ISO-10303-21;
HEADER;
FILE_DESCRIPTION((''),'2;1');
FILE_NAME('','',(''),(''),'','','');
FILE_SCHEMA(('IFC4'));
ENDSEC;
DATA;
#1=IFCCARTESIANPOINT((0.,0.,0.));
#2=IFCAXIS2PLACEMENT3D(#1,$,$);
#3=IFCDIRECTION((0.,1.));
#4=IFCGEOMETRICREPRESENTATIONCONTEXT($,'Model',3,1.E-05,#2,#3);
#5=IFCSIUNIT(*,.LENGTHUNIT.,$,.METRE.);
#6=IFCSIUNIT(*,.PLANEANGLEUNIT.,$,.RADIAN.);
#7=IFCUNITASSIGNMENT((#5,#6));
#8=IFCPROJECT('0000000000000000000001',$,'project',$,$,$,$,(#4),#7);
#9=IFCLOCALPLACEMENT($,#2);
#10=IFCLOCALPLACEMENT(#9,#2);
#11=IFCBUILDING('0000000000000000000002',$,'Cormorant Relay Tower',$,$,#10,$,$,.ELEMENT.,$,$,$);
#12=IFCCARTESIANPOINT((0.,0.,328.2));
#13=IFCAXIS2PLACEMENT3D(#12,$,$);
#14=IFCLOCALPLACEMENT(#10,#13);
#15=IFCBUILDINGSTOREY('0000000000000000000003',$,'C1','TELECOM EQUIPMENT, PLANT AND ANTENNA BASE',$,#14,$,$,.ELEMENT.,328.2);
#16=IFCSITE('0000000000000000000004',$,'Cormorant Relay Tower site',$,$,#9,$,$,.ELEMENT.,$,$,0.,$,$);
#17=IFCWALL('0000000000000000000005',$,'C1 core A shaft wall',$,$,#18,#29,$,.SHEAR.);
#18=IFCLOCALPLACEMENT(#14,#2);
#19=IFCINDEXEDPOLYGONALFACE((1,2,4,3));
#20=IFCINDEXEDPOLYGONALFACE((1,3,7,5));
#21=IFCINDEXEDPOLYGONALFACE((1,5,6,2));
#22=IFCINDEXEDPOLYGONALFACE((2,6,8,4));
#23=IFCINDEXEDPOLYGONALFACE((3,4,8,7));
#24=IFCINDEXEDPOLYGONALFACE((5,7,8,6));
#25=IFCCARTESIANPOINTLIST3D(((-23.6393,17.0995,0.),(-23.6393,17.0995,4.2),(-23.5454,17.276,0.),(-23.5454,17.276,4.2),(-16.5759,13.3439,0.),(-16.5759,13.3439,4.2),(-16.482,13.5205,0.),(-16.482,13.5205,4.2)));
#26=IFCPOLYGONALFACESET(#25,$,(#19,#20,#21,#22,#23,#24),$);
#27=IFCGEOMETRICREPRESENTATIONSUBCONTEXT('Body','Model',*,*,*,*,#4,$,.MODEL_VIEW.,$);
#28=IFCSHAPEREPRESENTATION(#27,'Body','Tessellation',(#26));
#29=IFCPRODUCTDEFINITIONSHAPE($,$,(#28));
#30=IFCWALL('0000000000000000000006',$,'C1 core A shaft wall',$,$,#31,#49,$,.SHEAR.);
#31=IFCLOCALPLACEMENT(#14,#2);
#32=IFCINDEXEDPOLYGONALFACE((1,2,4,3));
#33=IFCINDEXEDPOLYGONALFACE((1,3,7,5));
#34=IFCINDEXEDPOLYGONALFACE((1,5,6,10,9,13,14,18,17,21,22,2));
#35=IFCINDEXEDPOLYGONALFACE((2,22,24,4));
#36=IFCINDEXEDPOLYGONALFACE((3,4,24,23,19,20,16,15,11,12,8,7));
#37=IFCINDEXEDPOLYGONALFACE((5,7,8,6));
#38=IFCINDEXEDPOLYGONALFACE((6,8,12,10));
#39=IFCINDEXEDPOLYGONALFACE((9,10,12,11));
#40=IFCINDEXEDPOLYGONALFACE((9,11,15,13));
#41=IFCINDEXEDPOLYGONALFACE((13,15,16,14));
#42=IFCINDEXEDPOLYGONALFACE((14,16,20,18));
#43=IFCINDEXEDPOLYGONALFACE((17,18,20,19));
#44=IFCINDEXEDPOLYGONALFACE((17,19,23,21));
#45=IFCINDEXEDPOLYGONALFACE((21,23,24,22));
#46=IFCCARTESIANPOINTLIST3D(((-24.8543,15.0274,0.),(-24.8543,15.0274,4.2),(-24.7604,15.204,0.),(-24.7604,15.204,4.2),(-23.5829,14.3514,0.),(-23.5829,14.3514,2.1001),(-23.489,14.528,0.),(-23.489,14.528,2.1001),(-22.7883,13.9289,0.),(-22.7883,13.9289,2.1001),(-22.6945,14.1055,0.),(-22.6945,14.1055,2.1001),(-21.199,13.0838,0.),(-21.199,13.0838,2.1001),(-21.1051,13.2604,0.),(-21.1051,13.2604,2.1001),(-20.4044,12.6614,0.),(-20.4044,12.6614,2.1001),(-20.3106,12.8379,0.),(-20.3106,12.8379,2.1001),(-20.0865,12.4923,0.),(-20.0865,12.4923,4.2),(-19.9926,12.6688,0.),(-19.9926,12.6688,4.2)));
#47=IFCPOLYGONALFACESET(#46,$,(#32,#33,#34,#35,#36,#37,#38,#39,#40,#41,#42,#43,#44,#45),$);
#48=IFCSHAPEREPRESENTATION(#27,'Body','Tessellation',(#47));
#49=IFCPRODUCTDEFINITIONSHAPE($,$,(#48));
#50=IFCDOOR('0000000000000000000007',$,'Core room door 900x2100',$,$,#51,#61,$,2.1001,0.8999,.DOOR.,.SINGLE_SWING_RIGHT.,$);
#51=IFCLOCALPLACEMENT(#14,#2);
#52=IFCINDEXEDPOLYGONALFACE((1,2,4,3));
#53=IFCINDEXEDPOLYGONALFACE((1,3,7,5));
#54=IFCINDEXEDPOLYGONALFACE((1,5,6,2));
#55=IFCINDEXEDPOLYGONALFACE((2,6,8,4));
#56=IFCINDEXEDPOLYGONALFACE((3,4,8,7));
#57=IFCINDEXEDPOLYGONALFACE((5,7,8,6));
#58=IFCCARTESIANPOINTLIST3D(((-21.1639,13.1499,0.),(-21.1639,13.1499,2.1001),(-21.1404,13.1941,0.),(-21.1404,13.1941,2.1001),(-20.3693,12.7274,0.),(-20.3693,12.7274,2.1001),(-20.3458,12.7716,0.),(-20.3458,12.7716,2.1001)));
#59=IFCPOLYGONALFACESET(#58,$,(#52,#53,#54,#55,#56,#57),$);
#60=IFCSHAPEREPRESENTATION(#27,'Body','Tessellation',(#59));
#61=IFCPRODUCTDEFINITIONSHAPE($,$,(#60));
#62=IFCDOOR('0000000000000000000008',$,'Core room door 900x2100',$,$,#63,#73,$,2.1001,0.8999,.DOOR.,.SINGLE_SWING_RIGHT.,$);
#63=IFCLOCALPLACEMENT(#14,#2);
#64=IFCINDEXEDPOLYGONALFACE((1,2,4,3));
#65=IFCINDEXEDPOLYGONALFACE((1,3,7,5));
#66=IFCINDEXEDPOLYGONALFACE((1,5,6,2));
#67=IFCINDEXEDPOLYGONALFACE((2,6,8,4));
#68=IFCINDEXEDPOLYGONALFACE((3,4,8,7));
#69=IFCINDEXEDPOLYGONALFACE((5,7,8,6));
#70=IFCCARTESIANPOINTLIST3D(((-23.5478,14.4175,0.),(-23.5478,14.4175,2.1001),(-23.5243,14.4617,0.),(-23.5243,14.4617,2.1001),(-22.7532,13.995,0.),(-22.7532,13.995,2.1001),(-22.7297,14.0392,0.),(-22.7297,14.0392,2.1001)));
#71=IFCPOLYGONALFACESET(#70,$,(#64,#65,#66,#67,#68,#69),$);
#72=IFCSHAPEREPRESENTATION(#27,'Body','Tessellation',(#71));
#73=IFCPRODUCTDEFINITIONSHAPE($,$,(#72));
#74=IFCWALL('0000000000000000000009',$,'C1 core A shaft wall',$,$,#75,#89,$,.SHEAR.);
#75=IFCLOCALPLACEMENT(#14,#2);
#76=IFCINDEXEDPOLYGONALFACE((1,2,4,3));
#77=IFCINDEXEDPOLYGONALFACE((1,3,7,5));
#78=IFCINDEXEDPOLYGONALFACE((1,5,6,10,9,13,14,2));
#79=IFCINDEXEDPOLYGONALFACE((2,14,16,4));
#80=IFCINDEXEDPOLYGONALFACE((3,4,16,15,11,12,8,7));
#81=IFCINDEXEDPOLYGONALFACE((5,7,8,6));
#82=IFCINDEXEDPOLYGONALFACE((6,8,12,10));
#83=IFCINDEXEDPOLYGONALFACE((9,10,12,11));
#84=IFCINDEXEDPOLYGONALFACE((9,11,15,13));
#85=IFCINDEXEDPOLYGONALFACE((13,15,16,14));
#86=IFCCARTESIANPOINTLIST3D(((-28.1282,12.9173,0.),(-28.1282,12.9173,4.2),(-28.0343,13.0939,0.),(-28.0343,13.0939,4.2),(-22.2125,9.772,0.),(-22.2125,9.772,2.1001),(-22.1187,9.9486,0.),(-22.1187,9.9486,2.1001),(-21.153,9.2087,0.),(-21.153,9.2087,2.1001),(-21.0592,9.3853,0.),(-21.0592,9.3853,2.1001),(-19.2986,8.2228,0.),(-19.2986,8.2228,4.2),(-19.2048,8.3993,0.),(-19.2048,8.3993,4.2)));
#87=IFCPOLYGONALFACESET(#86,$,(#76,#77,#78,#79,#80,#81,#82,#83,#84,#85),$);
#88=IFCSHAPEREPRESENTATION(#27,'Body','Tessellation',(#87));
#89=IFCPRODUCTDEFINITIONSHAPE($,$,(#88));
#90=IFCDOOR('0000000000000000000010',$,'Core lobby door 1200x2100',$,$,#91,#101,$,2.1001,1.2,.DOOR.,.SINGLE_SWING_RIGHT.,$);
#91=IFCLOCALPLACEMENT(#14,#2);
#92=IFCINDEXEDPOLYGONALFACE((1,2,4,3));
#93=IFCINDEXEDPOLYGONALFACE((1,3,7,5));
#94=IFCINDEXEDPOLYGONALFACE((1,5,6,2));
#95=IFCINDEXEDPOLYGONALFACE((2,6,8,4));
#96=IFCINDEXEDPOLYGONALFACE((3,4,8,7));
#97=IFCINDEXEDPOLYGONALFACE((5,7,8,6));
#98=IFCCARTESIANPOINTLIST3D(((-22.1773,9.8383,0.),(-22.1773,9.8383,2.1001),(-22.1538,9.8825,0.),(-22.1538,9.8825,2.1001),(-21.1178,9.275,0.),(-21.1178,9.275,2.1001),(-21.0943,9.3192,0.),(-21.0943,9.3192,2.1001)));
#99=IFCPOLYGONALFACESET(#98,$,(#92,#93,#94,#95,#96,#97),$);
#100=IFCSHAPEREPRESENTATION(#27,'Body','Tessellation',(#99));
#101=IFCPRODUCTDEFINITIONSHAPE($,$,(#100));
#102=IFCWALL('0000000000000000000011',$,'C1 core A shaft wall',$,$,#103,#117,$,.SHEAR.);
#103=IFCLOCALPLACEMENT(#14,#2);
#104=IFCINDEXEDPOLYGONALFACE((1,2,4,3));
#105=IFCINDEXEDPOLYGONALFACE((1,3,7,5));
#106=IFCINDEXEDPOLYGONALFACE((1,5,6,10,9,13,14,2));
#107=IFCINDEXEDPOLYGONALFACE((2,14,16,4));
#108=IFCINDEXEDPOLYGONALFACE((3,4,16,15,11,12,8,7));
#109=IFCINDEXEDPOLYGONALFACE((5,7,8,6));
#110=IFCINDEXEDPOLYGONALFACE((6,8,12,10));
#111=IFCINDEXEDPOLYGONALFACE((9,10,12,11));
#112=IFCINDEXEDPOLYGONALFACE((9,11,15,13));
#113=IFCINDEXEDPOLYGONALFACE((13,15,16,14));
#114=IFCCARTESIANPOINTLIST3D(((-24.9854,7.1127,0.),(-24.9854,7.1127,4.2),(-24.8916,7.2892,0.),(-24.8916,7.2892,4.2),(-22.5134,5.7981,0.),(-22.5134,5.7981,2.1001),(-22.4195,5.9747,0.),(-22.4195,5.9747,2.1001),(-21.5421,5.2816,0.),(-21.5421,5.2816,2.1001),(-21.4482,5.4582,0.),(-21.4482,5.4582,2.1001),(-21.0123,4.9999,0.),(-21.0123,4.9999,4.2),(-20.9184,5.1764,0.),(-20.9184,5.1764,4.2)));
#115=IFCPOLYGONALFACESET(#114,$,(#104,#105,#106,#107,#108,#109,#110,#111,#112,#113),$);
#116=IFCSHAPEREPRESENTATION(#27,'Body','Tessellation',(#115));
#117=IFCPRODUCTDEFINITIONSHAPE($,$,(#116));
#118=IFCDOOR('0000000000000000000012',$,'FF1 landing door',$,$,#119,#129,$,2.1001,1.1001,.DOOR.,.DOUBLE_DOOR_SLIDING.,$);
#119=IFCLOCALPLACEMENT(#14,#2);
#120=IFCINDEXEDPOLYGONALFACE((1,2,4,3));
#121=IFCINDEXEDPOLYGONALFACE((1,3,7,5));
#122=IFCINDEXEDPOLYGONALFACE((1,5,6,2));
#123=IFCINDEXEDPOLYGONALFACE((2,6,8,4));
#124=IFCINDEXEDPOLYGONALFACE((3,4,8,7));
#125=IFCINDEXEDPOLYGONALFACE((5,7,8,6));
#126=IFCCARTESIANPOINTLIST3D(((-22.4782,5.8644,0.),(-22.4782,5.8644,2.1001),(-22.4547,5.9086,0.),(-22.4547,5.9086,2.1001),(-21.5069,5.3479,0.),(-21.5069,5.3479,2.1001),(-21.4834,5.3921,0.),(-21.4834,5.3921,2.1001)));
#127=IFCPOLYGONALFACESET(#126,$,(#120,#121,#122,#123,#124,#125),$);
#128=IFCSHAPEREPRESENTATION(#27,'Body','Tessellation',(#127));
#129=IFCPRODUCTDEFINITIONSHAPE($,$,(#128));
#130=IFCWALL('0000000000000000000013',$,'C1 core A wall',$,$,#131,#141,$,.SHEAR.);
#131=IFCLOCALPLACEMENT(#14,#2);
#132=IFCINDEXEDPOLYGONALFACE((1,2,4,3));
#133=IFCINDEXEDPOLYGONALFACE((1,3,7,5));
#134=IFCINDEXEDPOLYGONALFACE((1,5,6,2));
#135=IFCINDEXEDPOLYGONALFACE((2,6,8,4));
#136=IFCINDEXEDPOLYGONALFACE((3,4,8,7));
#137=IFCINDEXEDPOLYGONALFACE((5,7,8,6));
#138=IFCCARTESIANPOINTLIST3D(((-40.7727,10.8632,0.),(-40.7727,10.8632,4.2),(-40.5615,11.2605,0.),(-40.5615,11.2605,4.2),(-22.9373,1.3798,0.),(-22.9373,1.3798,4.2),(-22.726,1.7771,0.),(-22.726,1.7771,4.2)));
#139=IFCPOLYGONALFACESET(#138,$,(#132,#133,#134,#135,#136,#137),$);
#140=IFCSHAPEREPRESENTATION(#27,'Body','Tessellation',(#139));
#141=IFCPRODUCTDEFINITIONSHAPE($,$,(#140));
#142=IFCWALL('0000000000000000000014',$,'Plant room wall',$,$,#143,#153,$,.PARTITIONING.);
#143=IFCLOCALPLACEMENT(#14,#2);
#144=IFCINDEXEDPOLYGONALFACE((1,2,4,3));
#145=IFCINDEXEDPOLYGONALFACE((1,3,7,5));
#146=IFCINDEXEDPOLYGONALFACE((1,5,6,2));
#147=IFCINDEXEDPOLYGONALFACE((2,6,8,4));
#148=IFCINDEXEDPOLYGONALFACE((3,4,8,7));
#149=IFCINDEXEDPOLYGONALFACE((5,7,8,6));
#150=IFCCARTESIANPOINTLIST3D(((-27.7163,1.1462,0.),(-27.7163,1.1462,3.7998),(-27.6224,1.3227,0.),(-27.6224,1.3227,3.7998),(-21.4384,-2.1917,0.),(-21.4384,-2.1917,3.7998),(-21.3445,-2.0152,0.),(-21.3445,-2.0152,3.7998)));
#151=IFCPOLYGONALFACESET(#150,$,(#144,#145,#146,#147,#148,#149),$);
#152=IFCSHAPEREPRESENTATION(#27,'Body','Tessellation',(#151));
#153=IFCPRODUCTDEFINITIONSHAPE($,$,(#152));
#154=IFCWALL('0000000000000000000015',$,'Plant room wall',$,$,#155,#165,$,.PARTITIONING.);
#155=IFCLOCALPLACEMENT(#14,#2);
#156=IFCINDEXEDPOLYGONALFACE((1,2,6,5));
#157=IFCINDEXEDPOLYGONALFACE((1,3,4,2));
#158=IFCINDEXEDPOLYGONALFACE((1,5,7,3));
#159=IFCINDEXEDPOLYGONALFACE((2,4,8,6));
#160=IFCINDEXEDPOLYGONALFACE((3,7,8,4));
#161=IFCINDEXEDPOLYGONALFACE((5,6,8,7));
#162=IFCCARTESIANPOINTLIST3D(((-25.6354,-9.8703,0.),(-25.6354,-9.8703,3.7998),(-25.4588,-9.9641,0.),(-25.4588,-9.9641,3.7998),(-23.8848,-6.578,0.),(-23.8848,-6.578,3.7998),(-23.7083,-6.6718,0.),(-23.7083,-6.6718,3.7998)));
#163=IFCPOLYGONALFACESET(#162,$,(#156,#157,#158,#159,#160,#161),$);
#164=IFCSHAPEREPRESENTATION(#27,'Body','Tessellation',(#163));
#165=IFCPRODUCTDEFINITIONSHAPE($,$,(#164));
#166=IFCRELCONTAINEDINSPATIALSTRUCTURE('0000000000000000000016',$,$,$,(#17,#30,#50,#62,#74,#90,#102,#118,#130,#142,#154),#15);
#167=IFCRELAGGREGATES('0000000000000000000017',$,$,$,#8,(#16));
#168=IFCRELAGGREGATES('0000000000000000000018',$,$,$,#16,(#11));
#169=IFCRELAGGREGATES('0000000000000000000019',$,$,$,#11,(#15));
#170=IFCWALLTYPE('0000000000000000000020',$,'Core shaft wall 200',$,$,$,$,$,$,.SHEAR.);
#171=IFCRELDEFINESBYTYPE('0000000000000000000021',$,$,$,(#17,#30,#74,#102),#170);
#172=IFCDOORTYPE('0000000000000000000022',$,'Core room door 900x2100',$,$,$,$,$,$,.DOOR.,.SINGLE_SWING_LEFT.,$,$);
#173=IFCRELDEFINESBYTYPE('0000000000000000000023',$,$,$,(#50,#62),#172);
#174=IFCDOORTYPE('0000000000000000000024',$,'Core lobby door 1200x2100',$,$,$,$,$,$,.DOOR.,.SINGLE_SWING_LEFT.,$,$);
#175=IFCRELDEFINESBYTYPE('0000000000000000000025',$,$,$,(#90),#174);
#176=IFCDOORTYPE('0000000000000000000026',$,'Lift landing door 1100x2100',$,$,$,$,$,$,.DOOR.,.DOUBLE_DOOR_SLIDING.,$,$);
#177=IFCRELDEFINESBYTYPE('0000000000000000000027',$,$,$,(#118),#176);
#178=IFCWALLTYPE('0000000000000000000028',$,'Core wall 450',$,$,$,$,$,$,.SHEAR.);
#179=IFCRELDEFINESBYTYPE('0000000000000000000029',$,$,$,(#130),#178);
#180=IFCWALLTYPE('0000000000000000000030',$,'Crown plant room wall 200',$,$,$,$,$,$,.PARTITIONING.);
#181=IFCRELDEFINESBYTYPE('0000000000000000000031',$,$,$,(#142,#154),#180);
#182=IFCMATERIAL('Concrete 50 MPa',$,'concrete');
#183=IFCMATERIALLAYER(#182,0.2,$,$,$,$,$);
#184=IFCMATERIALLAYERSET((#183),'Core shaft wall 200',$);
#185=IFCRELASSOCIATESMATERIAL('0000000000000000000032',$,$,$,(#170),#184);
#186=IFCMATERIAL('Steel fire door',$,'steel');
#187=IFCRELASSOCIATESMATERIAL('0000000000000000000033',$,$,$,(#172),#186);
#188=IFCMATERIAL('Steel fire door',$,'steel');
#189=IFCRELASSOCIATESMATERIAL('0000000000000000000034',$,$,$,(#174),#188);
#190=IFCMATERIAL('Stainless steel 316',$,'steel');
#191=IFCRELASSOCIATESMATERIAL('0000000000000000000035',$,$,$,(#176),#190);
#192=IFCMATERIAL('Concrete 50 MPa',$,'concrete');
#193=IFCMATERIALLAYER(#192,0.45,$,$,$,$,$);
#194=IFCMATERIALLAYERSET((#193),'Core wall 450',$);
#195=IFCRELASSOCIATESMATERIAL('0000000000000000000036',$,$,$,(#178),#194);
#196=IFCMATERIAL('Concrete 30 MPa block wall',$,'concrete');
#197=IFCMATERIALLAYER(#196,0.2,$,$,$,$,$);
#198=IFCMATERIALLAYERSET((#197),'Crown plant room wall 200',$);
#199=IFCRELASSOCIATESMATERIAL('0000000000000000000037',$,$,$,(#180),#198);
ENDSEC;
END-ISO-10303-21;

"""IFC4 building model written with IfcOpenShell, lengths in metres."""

from ifc_helpers import new_model, si_unit, direction, frame, frame_2d, origin, place, context, subcontext, project, spatial, rectangle, extrude, material, layer, layer_set, type_object, element, fill, save


model = new_model("IFC4")

# Units and contexts
model_context = context("Model", 3, precision=1e-05, world=origin(), true_north=direction((0.0, 1.0)))
body_context = subcontext(model_context, "Body", "Model", "MODEL_VIEW")
ifc_project = project(units=[si_unit("LENGTHUNIT", "METRE"), si_unit("PLANEANGLEUNIT", "RADIAN")], contexts=[model_context])

# Site, building, storey
site_placement = place(None, origin())
site = spatial("IfcSite", under=ifc_project, at=site_placement, Name="Cormorant Relay Tower site", CompositionType="ELEMENT", RefElevation=0.0)
building_placement = place(site_placement, origin())
building = spatial("IfcBuilding", under=site, at=building_placement, Name="Cormorant Relay Tower", CompositionType="ELEMENT")
storey_placement = place(building_placement, frame((0.0, 0.0, 328.2)))
storey = spatial("IfcBuildingStorey", under=building, at=storey_placement, Name="C1", Description="TELECOM EQUIPMENT, PLANT AND ANTENNA BASE", CompositionType="ELEMENT", Elevation=328.2)

# Wall
ifc_material_1 = material(Name="Concrete 50 MPa", Category="concrete")
ifc_layer_1 = layer(ifc_material_1, 0.2)
ifc_layer_set_1 = layer_set([ifc_layer_1], Name="Core shaft wall 200")
wall_type_1 = type_object("IfcWallType", Name="Core shaft wall 200", PredefinedType="SHEAR", material=ifc_layer_set_1)
wall_1_placement = place(storey_placement, frame((-16.5288, 13.4321, 0.0), z_axis=(0.0, 0.0, 1.0), x_axis=(-0.882953, 0.469462, 0.0)))
element("IfcWall", 1, at=wall_1_placement, inside=storey, type_object=wall_type_1, Name="C1 core A shaft wall", PredefinedType="SHEAR", context=body_context, shape_type="SweptSolid", body=[
    extrude(rectangle(XDim=7.9998, YDim=0.2, at=frame_2d((4.0, 0.0))), origin(), (0.0, 0.0, 1.0), 4.2),
])

# Wall, openings, doors
wall_2_placement = place(storey_placement, frame((-20.0396, 12.5806, 0.0), z_axis=(0.0, 0.0, 1.0), x_axis=(-0.882943, 0.46948, 0.0)))
wall_2 = element("IfcWall", 2, at=wall_2_placement, inside=storey, type_object=wall_type_1, Name="C1 core A shaft wall", PredefinedType="SHEAR", context=body_context, shape_type="SweptSolid", body=[
    extrude(rectangle(XDim=5.3999, YDim=0.2, at=frame_2d((2.7, 0.0))), origin(), (0.0, 0.0, 1.0), 4.2),
])
opening_1_placement = place(wall_2_placement, frame((0.3601, 0.0, 0.0)))
opening_1 = element("IfcOpeningElement", 3, at=opening_1_placement, cuts=wall_2, PredefinedType="OPENING", context=body_context, shape_type="SweptSolid", body=[
    extrude(rectangle(XDim=0.8999, YDim=2.1001, at=frame_2d((0.45, 1.05))), frame((0.0, 0.1099, 0.0), z_axis=(0.0, -1.0, 0.0), x_axis=(1.0, 0.0, 0.0)), (0.0, 0.0, 1.0), 0.22),
])
opening_2_placement = place(wall_2_placement, frame((3.0601, 0.0, 0.0)))
opening_2 = element("IfcOpeningElement", 4, at=opening_2_placement, cuts=wall_2, PredefinedType="OPENING", context=body_context, shape_type="SweptSolid", body=[
    extrude(rectangle(XDim=0.8999, YDim=2.1001, at=frame_2d((0.45, 1.05))), frame((0.0, 0.1099, 0.0), z_axis=(0.0, -1.0, 0.0), x_axis=(1.0, 0.0, 0.0)), (0.0, 0.0, 1.0), 0.22),
])
ifc_material_2 = material(Name="Steel fire door", Category="steel")
door_type_1 = type_object("IfcDoorType", Name="Core room door 900x2100", OperationType="SINGLE_SWING_LEFT", PredefinedType="DOOR", material=ifc_material_2)
door_1_placement = place(opening_1_placement, frame((0.8999, 0.0, 0.0), z_axis=(0.0, 0.0, 1.0), x_axis=(-1.0, 0.0, 0.0)))
door_1 = element("IfcDoor", 5, at=door_1_placement, inside=storey, type_object=door_type_1, Name="Core room door 900x2100", OperationType="SINGLE_SWING_RIGHT", OverallHeight=2.1001, OverallWidth=0.8999, PredefinedType="DOOR", context=body_context, shape_type="SweptSolid", body=[
    extrude(rectangle(XDim=0.8999, YDim=2.1001, at=frame_2d((0.45, 1.05))), frame((0.0, 0.0249, 0.0), z_axis=(0.0, -1.0, 0.0), x_axis=(1.0, 0.0, 0.0)), (0.0, 0.0, 1.0), 0.05),
])
fill(opening_1, door_1)
door_2_placement = place(opening_2_placement, frame((0.8999, 0.0, 0.0), z_axis=(0.0, 0.0, 1.0), x_axis=(-1.0, 0.0, 0.0)))
door_2 = element("IfcDoor", 6, at=door_2_placement, inside=storey, type_object=door_type_1, Name="Core room door 900x2100", OperationType="SINGLE_SWING_RIGHT", OverallHeight=2.1001, OverallWidth=0.8999, PredefinedType="DOOR", context=body_context, shape_type="SweptSolid", body=[
    extrude(rectangle(XDim=0.8999, YDim=2.1001, at=frame_2d((0.45, 1.05))), frame((0.0, 0.0249, 0.0), z_axis=(0.0, -1.0, 0.0), x_axis=(1.0, 0.0, 0.0)), (0.0, 0.0, 1.0), 0.05),
])
fill(opening_2, door_2)

# Walls, openings, doors
wall_3_placement = place(storey_placement, frame((-19.2517, 8.311, 0.0), z_axis=(0.0, 0.0, 1.0), x_axis=(-0.882956, 0.469456, 0.0)))
wall_3 = element("IfcWall", 7, at=wall_3_placement, inside=storey, type_object=wall_type_1, Name="C1 core A shaft wall", PredefinedType="SHEAR", context=body_context, shape_type="SweptSolid", body=[
    extrude(rectangle(XDim=10.0, YDim=0.2, at=frame_2d((5.0, 0.0))), origin(), (0.0, 0.0, 1.0), 4.2),
])
opening_3_placement = place(wall_3_placement, frame((2.1001, 0.0, 0.0)))
opening_3 = element("IfcOpeningElement", 8, at=opening_3_placement, cuts=wall_3, PredefinedType="OPENING", context=body_context, shape_type="SweptSolid", body=[
    extrude(rectangle(XDim=1.2, YDim=2.1001, at=frame_2d((0.6001, 1.05))), frame((0.0, 0.1099, 0.0), z_axis=(0.0, -1.0, 0.0), x_axis=(1.0, 0.0, 0.0)), (0.0, 0.0, 1.0), 0.22),
])
ifc_material_3 = material(Name="Steel fire door", Category="steel")
door_type_2 = type_object("IfcDoorType", Name="Core lobby door 1200x2100", OperationType="SINGLE_SWING_LEFT", PredefinedType="DOOR", material=ifc_material_3)
door_3_placement = place(opening_3_placement, origin())
door_3 = element("IfcDoor", 9, at=door_3_placement, inside=storey, type_object=door_type_2, Name="Core lobby door 1200x2100", OperationType="SINGLE_SWING_RIGHT", OverallHeight=2.1001, OverallWidth=1.2, PredefinedType="DOOR", context=body_context, shape_type="SweptSolid", body=[
    extrude(rectangle(XDim=1.2, YDim=2.1001, at=frame_2d((0.6001, 1.05))), frame((0.0, 0.0249, 0.0), z_axis=(0.0, -1.0, 0.0), x_axis=(1.0, 0.0, 0.0)), (0.0, 0.0, 1.0), 0.05),
])
fill(opening_3, door_3)
wall_4_placement = place(storey_placement, frame((-20.9653, 5.0881, 0.0), z_axis=(0.0, 0.0, 1.0), x_axis=(-0.882926, 0.469512, 0.0)))
wall_4 = element("IfcWall", 10, at=wall_4_placement, inside=storey, type_object=wall_type_1, Name="C1 core A shaft wall", PredefinedType="SHEAR", context=body_context, shape_type="SweptSolid", body=[
    extrude(rectangle(XDim=4.5, YDim=0.2, at=frame_2d((2.25, 0.0))), origin(), (0.0, 0.0, 1.0), 4.2),
])
opening_4_placement = place(wall_4_placement, frame((0.6001, 0.0, 0.0)))
opening_4 = element("IfcOpeningElement", 11, at=opening_4_placement, cuts=wall_4, PredefinedType="OPENING", context=body_context, shape_type="SweptSolid", body=[
    extrude(rectangle(XDim=1.1001, YDim=2.1001, at=frame_2d((0.55, 1.05))), frame((0.0, 0.1099, 0.0), z_axis=(0.0, -1.0, 0.0), x_axis=(1.0, 0.0, 0.0)), (0.0, 0.0, 1.0), 0.22),
])
ifc_material_4 = material(Name="Stainless steel 316", Category="steel")
door_type_3 = type_object("IfcDoorType", Name="Lift landing door 1100x2100", OperationType="DOUBLE_DOOR_SLIDING", PredefinedType="DOOR", material=ifc_material_4)
door_4_placement = place(opening_4_placement, origin())
door_4 = element("IfcDoor", 12, at=door_4_placement, inside=storey, type_object=door_type_3, Name="FF1 landing door", OperationType="DOUBLE_DOOR_SLIDING", OverallHeight=2.1001, OverallWidth=1.1001, PredefinedType="DOOR", context=body_context, shape_type="SweptSolid", body=[
    extrude(rectangle(XDim=1.1001, YDim=2.1001, at=frame_2d((0.55, 1.05))), frame((0.0, 0.0249, 0.0), z_axis=(0.0, -1.0, 0.0), x_axis=(1.0, 0.0, 0.0)), (0.0, 0.0, 1.0), 0.05),
])
fill(opening_4, door_4)

# Walls
ifc_material_5 = material(Name="Concrete 50 MPa", Category="concrete")
ifc_layer_2 = layer(ifc_material_5, 0.45)
ifc_layer_set_2 = layer_set([ifc_layer_2], Name="Core wall 450")
wall_type_2 = type_object("IfcWallType", Name="Core wall 450", PredefinedType="SHEAR", material=ifc_layer_set_2)
wall_5_placement = place(storey_placement, frame((-22.8315, 1.5784, 0.0), z_axis=(0.0, 0.0, 1.0), x_axis=(-0.882945, 0.469476, 0.0)))
element("IfcWall", 13, at=wall_5_placement, inside=storey, type_object=wall_type_2, Name="C1 core A wall", PredefinedType="SHEAR", context=body_context, shape_type="SweptSolid", body=[
    extrude(rectangle(XDim=20.2, YDim=0.45, at=frame_2d((10.1001, 0.0))), origin(), (0.0, 0.0, 1.0), 4.2),
])
ifc_material_6 = material(Name="Concrete 30 MPa block wall", Category="concrete")
ifc_layer_3 = layer(ifc_material_6, 0.2)
ifc_layer_set_3 = layer_set([ifc_layer_3], Name="Crown plant room wall 200")
wall_type_3 = type_object("IfcWallType", Name="Crown plant room wall 200", PredefinedType="PARTITIONING", material=ifc_layer_set_3)
wall_6_placement = place(storey_placement, frame((-21.3914, -2.1035, 0.0), z_axis=(0.0, 0.0, 1.0), x_axis=(-0.882953, 0.469461, 0.0)))
element("IfcWall", 14, at=wall_6_placement, inside=storey, type_object=wall_type_3, Name="Plant room wall", PredefinedType="PARTITIONING", context=body_context, shape_type="SweptSolid", body=[
    extrude(rectangle(XDim=7.1101, YDim=0.2, at=frame_2d((3.5552, 0.0))), origin(), (0.0, 0.0, 1.0), 3.7998),
])
wall_7_placement = place(storey_placement, frame((-23.7966, -6.625, 0.0), z_axis=(0.0, 0.0, 1.0), x_axis=(-0.469466, -0.88295, 0.0)))
element("IfcWall", 15, at=wall_7_placement, inside=storey, type_object=wall_type_3, Name="Plant room wall", PredefinedType="PARTITIONING", context=body_context, shape_type="SweptSolid", body=[
    extrude(rectangle(XDim=3.7288, YDim=0.2, at=frame_2d((1.8643, 0.0))), origin(), (0.0, 0.0, 1.0), 3.7998),
])

save(model, "model.ifc")
